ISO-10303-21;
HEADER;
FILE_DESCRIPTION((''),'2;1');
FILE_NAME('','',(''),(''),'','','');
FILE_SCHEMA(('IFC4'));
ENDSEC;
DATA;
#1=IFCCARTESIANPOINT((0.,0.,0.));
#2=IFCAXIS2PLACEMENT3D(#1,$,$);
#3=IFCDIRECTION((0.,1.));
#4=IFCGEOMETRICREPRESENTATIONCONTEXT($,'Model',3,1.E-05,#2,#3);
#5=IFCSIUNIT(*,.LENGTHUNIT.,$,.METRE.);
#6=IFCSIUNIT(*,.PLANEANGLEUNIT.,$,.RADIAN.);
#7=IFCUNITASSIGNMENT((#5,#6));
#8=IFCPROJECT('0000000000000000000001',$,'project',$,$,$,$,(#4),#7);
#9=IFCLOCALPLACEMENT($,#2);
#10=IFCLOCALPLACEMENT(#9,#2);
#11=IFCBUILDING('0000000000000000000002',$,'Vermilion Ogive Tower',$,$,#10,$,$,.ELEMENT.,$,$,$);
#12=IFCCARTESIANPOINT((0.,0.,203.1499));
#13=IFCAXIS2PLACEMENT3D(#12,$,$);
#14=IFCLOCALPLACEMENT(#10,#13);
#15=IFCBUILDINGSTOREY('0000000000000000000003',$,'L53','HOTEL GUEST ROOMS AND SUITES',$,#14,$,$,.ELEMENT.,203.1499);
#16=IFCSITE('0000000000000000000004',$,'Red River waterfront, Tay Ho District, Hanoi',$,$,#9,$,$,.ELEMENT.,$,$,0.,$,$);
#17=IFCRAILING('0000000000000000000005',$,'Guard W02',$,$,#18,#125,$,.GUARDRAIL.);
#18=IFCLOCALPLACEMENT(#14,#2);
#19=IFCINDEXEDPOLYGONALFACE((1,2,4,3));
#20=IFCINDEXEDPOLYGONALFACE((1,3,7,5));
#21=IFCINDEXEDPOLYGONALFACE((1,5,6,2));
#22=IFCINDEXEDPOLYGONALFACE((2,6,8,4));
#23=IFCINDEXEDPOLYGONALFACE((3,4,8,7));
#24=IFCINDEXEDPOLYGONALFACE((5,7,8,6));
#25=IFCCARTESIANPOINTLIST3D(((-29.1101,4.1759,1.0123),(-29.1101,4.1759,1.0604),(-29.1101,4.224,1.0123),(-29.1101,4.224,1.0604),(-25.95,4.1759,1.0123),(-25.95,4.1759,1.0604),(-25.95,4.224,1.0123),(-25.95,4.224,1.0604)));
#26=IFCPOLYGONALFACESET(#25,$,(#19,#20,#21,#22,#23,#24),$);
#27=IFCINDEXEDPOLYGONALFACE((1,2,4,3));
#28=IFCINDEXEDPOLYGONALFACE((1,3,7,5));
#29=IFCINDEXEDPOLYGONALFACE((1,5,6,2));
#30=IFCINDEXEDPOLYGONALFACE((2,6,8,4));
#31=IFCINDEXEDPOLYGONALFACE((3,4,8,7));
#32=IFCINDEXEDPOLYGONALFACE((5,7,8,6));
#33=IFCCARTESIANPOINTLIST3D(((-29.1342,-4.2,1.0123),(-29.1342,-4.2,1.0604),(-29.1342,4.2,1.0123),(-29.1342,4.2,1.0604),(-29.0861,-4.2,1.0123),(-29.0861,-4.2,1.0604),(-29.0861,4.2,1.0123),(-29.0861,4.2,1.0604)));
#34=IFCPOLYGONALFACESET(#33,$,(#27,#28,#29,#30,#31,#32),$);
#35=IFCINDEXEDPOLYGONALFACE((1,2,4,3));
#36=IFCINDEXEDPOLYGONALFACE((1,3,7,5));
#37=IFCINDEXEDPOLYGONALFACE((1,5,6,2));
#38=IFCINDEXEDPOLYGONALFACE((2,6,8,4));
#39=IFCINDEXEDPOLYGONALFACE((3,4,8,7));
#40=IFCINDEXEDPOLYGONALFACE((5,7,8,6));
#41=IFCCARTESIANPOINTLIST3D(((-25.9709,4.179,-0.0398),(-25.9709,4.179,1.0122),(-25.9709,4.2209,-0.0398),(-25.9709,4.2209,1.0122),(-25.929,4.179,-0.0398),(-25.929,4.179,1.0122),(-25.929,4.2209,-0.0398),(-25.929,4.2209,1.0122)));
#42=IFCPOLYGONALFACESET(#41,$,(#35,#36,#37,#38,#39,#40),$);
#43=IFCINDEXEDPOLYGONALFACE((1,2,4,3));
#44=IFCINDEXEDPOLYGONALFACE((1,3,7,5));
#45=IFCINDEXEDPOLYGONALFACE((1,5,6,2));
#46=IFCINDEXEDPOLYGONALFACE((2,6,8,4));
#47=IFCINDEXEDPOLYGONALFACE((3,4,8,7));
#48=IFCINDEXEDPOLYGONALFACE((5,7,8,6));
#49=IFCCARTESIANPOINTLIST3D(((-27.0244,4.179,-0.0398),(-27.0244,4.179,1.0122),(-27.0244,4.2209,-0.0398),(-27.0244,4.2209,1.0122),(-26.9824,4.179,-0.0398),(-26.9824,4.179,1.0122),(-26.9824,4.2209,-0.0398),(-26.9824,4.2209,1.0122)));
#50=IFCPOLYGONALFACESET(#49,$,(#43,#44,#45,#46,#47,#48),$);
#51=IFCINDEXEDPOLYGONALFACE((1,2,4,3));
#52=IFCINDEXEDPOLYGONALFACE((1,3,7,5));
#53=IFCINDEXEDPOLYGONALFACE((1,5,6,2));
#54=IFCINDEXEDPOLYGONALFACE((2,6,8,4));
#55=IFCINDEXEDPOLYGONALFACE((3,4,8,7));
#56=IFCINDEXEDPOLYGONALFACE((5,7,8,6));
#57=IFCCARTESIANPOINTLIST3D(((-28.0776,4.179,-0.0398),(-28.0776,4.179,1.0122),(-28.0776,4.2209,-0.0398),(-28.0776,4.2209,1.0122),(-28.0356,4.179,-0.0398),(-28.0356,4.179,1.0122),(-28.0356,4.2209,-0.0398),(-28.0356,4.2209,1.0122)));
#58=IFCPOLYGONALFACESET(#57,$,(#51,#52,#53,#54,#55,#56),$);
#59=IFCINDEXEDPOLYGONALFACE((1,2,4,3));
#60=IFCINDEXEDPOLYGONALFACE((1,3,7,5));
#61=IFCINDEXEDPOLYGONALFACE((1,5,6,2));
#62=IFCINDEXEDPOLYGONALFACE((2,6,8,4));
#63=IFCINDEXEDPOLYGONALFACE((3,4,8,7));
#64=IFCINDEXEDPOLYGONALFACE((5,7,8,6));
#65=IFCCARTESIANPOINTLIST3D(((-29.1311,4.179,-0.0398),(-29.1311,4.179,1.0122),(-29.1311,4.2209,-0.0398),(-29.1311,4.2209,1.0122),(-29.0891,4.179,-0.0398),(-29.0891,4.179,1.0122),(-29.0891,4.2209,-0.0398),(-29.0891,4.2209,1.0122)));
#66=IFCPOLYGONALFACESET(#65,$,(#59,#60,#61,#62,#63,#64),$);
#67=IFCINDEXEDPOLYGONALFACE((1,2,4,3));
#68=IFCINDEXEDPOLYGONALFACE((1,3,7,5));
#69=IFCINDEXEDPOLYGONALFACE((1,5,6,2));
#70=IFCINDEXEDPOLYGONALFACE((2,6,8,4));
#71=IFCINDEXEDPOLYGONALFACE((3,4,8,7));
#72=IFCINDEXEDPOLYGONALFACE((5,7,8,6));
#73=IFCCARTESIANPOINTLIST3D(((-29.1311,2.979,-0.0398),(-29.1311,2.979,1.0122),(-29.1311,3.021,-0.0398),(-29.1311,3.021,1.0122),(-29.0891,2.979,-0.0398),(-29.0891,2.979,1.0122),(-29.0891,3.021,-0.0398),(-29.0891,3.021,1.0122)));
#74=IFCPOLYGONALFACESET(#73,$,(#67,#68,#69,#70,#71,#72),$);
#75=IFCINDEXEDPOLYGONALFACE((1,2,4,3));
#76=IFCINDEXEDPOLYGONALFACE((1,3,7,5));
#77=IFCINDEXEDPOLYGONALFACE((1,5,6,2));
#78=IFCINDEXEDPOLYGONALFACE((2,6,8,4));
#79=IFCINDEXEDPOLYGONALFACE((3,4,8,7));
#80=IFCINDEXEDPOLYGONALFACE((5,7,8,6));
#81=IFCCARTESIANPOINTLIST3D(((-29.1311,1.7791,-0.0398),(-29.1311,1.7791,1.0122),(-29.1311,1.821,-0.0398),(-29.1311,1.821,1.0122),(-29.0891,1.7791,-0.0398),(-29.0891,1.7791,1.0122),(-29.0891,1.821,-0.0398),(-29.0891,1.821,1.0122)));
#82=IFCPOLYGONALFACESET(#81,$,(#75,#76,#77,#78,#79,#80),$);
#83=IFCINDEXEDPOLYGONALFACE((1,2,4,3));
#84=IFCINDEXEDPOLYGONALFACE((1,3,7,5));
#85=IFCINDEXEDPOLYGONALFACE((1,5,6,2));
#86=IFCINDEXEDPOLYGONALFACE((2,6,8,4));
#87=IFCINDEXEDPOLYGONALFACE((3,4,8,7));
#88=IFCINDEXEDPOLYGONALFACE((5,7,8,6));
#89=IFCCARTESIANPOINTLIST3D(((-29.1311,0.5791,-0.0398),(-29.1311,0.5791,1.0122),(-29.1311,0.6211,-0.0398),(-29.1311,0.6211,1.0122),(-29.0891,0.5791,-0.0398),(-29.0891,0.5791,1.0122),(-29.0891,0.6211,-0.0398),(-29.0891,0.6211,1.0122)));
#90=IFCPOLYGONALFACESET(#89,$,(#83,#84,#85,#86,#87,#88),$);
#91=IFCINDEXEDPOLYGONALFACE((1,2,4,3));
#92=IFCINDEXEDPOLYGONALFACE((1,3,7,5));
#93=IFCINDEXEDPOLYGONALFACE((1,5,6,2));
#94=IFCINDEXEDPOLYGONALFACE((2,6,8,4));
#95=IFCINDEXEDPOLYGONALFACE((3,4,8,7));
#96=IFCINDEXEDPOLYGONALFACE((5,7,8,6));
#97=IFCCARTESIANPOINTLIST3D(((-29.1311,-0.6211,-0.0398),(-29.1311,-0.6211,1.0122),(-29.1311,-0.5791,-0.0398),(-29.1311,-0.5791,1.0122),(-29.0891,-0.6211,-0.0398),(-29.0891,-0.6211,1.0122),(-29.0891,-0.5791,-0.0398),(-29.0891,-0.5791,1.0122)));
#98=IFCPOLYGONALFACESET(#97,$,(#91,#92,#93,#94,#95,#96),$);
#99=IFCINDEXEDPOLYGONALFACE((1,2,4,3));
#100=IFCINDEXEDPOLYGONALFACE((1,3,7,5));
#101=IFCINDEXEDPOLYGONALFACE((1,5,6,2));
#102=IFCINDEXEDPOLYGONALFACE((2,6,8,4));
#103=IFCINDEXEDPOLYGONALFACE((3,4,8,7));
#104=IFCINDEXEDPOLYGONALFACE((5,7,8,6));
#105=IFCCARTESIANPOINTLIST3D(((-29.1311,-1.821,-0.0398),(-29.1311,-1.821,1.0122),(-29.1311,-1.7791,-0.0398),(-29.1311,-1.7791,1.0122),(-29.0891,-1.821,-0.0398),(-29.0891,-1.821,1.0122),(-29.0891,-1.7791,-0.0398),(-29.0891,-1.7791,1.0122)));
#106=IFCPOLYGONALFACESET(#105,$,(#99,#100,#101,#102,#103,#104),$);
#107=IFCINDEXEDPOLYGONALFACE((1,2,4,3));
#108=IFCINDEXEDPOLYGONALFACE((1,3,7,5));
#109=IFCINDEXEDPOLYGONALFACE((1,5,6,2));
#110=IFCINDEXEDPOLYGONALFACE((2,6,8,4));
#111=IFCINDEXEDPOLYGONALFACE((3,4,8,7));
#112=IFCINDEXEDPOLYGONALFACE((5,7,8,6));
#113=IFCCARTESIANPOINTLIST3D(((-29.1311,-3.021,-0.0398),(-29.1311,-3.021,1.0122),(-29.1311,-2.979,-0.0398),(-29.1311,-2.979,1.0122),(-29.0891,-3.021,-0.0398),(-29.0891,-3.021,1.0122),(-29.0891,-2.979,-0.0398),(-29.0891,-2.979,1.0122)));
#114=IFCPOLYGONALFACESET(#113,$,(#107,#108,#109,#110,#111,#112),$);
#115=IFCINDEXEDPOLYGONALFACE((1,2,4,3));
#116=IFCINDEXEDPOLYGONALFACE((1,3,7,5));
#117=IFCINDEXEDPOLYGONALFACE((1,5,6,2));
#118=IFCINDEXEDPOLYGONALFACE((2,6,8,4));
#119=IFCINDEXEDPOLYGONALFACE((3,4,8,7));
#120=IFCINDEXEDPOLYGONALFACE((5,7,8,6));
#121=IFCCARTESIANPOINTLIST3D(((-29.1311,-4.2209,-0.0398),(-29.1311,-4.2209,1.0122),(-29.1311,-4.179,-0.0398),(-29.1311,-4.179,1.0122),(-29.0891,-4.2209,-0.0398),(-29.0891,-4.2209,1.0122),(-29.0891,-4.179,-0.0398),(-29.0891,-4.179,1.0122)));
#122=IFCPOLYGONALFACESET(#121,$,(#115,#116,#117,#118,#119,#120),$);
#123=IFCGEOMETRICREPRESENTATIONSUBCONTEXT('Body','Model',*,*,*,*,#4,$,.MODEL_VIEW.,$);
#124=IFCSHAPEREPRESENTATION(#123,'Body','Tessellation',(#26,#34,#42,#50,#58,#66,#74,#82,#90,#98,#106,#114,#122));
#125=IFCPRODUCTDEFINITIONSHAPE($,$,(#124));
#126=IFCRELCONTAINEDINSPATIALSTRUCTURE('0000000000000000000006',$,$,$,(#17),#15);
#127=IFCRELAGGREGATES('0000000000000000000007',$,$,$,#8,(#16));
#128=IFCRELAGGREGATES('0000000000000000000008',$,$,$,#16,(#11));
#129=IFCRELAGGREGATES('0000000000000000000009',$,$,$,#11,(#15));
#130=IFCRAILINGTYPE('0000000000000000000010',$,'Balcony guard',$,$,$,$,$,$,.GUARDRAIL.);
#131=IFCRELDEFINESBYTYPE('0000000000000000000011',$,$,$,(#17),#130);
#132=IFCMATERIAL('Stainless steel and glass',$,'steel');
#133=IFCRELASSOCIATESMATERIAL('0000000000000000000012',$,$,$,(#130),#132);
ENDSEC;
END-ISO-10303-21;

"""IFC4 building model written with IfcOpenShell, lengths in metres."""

from ifc_helpers import new_model, si_unit, direction, frame, origin, origin_2d, place, context, subcontext, project, spatial, rectangle, extrude, material, type_object, element, save


model = new_model("IFC4")

# Units and contexts
model_context = context("Model", 3, precision=1e-05, world=origin(), true_north=direction((0.0, 1.0)))
body_context = subcontext(model_context, "Body", "Model", "MODEL_VIEW")
ifc_project = project(units=[si_unit("LENGTHUNIT", "METRE"), si_unit("PLANEANGLEUNIT", "RADIAN")], contexts=[model_context])

# Site, building, storey
site_placement = place(None, origin())
site = spatial("IfcSite", under=ifc_project, at=site_placement, Name="Red River waterfront, Tay Ho District, Hanoi", CompositionType="ELEMENT", RefElevation=0.0)
building_placement = place(site_placement, origin())
building = spatial("IfcBuilding", under=site, at=building_placement, Name="Vermilion Ogive Tower", CompositionType="ELEMENT")
storey_placement = place(building_placement, frame((0.0, 0.0, 203.1499)))
storey = spatial("IfcBuildingStorey", under=building, at=storey_placement, Name="L53", Description="HOTEL GUEST ROOMS AND SUITES", CompositionType="ELEMENT", Elevation=203.1499)

# Railing
ifc_material_1 = material(Name="Stainless steel and glass", Category="steel")
railing_type_1 = type_object("IfcRailingType", Name="Balcony guard", PredefinedType="GUARDRAIL", material=ifc_material_1)
railing_1_placement = place(storey_placement, frame((-25.95, 4.2, -0.0398)))
element("IfcRailing", 1, at=railing_1_placement, inside=storey, type_object=railing_type_1, Name="Guard W02", PredefinedType="GUARDRAIL", context=body_context, shape_type="SweptSolid", body=[
    extrude(rectangle(XDim=0.0481, YDim=0.0481, at=origin_2d()), frame((0.0, 0.0, 1.0762), z_axis=(-1.0, 0.0, 0.0), x_axis=(0.0, -1.0, 0.0)), (0.0, 0.0, 1.0), 3.1602),
    extrude(rectangle(XDim=0.0481, YDim=0.0481, at=origin_2d()), frame((-3.1602, 0.0, 1.0762), z_axis=(0.0, -1.0, 0.0), x_axis=(1.0, 0.0, 0.0)), (0.0, 0.0, 1.0), 8.3999),
    extrude(rectangle(XDim=0.042, YDim=0.042, at=origin_2d()), origin(), (0.0, 0.0, 1.0), 1.052),
    extrude(rectangle(XDim=0.042, YDim=0.042, at=origin_2d()), frame((-1.0535, 0.0, 0.0)), (0.0, 0.0, 1.0), 1.052),
    extrude(rectangle(XDim=0.042, YDim=0.042, at=origin_2d()), frame((-2.1067, 0.0, 0.0)), (0.0, 0.0, 1.0), 1.052),
    extrude(rectangle(XDim=0.042, YDim=0.042, at=origin_2d()), frame((-3.1602, 0.0, 0.0)), (0.0, 0.0, 1.0), 1.052),
    extrude(rectangle(XDim=0.042, YDim=0.042, at=origin_2d()), frame((-3.1602, -1.2, 0.0)), (0.0, 0.0, 1.0), 1.052),
    extrude(rectangle(XDim=0.042, YDim=0.042, at=origin_2d()), frame((-3.1602, -2.3999, 0.0)), (0.0, 0.0, 1.0), 1.052),
    extrude(rectangle(XDim=0.042, YDim=0.042, at=origin_2d()), frame((-3.1602, -3.5999, 0.0)), (0.0, 0.0, 1.0), 1.052),
    extrude(rectangle(XDim=0.042, YDim=0.042, at=origin_2d()), frame((-3.1602, -4.8, 0.0)), (0.0, 0.0, 1.0), 1.052),
    extrude(rectangle(XDim=0.042, YDim=0.042, at=origin_2d()), frame((-3.1602, -6.0, 0.0)), (0.0, 0.0, 1.0), 1.052),
    extrude(rectangle(XDim=0.042, YDim=0.042, at=origin_2d()), frame((-3.1602, -7.2, 0.0)), (0.0, 0.0, 1.0), 1.052),
    extrude(rectangle(XDim=0.042, YDim=0.042, at=origin_2d()), frame((-3.1602, -8.3999, 0.0)), (0.0, 0.0, 1.0), 1.052),
])

save(model, "model.ifc")
